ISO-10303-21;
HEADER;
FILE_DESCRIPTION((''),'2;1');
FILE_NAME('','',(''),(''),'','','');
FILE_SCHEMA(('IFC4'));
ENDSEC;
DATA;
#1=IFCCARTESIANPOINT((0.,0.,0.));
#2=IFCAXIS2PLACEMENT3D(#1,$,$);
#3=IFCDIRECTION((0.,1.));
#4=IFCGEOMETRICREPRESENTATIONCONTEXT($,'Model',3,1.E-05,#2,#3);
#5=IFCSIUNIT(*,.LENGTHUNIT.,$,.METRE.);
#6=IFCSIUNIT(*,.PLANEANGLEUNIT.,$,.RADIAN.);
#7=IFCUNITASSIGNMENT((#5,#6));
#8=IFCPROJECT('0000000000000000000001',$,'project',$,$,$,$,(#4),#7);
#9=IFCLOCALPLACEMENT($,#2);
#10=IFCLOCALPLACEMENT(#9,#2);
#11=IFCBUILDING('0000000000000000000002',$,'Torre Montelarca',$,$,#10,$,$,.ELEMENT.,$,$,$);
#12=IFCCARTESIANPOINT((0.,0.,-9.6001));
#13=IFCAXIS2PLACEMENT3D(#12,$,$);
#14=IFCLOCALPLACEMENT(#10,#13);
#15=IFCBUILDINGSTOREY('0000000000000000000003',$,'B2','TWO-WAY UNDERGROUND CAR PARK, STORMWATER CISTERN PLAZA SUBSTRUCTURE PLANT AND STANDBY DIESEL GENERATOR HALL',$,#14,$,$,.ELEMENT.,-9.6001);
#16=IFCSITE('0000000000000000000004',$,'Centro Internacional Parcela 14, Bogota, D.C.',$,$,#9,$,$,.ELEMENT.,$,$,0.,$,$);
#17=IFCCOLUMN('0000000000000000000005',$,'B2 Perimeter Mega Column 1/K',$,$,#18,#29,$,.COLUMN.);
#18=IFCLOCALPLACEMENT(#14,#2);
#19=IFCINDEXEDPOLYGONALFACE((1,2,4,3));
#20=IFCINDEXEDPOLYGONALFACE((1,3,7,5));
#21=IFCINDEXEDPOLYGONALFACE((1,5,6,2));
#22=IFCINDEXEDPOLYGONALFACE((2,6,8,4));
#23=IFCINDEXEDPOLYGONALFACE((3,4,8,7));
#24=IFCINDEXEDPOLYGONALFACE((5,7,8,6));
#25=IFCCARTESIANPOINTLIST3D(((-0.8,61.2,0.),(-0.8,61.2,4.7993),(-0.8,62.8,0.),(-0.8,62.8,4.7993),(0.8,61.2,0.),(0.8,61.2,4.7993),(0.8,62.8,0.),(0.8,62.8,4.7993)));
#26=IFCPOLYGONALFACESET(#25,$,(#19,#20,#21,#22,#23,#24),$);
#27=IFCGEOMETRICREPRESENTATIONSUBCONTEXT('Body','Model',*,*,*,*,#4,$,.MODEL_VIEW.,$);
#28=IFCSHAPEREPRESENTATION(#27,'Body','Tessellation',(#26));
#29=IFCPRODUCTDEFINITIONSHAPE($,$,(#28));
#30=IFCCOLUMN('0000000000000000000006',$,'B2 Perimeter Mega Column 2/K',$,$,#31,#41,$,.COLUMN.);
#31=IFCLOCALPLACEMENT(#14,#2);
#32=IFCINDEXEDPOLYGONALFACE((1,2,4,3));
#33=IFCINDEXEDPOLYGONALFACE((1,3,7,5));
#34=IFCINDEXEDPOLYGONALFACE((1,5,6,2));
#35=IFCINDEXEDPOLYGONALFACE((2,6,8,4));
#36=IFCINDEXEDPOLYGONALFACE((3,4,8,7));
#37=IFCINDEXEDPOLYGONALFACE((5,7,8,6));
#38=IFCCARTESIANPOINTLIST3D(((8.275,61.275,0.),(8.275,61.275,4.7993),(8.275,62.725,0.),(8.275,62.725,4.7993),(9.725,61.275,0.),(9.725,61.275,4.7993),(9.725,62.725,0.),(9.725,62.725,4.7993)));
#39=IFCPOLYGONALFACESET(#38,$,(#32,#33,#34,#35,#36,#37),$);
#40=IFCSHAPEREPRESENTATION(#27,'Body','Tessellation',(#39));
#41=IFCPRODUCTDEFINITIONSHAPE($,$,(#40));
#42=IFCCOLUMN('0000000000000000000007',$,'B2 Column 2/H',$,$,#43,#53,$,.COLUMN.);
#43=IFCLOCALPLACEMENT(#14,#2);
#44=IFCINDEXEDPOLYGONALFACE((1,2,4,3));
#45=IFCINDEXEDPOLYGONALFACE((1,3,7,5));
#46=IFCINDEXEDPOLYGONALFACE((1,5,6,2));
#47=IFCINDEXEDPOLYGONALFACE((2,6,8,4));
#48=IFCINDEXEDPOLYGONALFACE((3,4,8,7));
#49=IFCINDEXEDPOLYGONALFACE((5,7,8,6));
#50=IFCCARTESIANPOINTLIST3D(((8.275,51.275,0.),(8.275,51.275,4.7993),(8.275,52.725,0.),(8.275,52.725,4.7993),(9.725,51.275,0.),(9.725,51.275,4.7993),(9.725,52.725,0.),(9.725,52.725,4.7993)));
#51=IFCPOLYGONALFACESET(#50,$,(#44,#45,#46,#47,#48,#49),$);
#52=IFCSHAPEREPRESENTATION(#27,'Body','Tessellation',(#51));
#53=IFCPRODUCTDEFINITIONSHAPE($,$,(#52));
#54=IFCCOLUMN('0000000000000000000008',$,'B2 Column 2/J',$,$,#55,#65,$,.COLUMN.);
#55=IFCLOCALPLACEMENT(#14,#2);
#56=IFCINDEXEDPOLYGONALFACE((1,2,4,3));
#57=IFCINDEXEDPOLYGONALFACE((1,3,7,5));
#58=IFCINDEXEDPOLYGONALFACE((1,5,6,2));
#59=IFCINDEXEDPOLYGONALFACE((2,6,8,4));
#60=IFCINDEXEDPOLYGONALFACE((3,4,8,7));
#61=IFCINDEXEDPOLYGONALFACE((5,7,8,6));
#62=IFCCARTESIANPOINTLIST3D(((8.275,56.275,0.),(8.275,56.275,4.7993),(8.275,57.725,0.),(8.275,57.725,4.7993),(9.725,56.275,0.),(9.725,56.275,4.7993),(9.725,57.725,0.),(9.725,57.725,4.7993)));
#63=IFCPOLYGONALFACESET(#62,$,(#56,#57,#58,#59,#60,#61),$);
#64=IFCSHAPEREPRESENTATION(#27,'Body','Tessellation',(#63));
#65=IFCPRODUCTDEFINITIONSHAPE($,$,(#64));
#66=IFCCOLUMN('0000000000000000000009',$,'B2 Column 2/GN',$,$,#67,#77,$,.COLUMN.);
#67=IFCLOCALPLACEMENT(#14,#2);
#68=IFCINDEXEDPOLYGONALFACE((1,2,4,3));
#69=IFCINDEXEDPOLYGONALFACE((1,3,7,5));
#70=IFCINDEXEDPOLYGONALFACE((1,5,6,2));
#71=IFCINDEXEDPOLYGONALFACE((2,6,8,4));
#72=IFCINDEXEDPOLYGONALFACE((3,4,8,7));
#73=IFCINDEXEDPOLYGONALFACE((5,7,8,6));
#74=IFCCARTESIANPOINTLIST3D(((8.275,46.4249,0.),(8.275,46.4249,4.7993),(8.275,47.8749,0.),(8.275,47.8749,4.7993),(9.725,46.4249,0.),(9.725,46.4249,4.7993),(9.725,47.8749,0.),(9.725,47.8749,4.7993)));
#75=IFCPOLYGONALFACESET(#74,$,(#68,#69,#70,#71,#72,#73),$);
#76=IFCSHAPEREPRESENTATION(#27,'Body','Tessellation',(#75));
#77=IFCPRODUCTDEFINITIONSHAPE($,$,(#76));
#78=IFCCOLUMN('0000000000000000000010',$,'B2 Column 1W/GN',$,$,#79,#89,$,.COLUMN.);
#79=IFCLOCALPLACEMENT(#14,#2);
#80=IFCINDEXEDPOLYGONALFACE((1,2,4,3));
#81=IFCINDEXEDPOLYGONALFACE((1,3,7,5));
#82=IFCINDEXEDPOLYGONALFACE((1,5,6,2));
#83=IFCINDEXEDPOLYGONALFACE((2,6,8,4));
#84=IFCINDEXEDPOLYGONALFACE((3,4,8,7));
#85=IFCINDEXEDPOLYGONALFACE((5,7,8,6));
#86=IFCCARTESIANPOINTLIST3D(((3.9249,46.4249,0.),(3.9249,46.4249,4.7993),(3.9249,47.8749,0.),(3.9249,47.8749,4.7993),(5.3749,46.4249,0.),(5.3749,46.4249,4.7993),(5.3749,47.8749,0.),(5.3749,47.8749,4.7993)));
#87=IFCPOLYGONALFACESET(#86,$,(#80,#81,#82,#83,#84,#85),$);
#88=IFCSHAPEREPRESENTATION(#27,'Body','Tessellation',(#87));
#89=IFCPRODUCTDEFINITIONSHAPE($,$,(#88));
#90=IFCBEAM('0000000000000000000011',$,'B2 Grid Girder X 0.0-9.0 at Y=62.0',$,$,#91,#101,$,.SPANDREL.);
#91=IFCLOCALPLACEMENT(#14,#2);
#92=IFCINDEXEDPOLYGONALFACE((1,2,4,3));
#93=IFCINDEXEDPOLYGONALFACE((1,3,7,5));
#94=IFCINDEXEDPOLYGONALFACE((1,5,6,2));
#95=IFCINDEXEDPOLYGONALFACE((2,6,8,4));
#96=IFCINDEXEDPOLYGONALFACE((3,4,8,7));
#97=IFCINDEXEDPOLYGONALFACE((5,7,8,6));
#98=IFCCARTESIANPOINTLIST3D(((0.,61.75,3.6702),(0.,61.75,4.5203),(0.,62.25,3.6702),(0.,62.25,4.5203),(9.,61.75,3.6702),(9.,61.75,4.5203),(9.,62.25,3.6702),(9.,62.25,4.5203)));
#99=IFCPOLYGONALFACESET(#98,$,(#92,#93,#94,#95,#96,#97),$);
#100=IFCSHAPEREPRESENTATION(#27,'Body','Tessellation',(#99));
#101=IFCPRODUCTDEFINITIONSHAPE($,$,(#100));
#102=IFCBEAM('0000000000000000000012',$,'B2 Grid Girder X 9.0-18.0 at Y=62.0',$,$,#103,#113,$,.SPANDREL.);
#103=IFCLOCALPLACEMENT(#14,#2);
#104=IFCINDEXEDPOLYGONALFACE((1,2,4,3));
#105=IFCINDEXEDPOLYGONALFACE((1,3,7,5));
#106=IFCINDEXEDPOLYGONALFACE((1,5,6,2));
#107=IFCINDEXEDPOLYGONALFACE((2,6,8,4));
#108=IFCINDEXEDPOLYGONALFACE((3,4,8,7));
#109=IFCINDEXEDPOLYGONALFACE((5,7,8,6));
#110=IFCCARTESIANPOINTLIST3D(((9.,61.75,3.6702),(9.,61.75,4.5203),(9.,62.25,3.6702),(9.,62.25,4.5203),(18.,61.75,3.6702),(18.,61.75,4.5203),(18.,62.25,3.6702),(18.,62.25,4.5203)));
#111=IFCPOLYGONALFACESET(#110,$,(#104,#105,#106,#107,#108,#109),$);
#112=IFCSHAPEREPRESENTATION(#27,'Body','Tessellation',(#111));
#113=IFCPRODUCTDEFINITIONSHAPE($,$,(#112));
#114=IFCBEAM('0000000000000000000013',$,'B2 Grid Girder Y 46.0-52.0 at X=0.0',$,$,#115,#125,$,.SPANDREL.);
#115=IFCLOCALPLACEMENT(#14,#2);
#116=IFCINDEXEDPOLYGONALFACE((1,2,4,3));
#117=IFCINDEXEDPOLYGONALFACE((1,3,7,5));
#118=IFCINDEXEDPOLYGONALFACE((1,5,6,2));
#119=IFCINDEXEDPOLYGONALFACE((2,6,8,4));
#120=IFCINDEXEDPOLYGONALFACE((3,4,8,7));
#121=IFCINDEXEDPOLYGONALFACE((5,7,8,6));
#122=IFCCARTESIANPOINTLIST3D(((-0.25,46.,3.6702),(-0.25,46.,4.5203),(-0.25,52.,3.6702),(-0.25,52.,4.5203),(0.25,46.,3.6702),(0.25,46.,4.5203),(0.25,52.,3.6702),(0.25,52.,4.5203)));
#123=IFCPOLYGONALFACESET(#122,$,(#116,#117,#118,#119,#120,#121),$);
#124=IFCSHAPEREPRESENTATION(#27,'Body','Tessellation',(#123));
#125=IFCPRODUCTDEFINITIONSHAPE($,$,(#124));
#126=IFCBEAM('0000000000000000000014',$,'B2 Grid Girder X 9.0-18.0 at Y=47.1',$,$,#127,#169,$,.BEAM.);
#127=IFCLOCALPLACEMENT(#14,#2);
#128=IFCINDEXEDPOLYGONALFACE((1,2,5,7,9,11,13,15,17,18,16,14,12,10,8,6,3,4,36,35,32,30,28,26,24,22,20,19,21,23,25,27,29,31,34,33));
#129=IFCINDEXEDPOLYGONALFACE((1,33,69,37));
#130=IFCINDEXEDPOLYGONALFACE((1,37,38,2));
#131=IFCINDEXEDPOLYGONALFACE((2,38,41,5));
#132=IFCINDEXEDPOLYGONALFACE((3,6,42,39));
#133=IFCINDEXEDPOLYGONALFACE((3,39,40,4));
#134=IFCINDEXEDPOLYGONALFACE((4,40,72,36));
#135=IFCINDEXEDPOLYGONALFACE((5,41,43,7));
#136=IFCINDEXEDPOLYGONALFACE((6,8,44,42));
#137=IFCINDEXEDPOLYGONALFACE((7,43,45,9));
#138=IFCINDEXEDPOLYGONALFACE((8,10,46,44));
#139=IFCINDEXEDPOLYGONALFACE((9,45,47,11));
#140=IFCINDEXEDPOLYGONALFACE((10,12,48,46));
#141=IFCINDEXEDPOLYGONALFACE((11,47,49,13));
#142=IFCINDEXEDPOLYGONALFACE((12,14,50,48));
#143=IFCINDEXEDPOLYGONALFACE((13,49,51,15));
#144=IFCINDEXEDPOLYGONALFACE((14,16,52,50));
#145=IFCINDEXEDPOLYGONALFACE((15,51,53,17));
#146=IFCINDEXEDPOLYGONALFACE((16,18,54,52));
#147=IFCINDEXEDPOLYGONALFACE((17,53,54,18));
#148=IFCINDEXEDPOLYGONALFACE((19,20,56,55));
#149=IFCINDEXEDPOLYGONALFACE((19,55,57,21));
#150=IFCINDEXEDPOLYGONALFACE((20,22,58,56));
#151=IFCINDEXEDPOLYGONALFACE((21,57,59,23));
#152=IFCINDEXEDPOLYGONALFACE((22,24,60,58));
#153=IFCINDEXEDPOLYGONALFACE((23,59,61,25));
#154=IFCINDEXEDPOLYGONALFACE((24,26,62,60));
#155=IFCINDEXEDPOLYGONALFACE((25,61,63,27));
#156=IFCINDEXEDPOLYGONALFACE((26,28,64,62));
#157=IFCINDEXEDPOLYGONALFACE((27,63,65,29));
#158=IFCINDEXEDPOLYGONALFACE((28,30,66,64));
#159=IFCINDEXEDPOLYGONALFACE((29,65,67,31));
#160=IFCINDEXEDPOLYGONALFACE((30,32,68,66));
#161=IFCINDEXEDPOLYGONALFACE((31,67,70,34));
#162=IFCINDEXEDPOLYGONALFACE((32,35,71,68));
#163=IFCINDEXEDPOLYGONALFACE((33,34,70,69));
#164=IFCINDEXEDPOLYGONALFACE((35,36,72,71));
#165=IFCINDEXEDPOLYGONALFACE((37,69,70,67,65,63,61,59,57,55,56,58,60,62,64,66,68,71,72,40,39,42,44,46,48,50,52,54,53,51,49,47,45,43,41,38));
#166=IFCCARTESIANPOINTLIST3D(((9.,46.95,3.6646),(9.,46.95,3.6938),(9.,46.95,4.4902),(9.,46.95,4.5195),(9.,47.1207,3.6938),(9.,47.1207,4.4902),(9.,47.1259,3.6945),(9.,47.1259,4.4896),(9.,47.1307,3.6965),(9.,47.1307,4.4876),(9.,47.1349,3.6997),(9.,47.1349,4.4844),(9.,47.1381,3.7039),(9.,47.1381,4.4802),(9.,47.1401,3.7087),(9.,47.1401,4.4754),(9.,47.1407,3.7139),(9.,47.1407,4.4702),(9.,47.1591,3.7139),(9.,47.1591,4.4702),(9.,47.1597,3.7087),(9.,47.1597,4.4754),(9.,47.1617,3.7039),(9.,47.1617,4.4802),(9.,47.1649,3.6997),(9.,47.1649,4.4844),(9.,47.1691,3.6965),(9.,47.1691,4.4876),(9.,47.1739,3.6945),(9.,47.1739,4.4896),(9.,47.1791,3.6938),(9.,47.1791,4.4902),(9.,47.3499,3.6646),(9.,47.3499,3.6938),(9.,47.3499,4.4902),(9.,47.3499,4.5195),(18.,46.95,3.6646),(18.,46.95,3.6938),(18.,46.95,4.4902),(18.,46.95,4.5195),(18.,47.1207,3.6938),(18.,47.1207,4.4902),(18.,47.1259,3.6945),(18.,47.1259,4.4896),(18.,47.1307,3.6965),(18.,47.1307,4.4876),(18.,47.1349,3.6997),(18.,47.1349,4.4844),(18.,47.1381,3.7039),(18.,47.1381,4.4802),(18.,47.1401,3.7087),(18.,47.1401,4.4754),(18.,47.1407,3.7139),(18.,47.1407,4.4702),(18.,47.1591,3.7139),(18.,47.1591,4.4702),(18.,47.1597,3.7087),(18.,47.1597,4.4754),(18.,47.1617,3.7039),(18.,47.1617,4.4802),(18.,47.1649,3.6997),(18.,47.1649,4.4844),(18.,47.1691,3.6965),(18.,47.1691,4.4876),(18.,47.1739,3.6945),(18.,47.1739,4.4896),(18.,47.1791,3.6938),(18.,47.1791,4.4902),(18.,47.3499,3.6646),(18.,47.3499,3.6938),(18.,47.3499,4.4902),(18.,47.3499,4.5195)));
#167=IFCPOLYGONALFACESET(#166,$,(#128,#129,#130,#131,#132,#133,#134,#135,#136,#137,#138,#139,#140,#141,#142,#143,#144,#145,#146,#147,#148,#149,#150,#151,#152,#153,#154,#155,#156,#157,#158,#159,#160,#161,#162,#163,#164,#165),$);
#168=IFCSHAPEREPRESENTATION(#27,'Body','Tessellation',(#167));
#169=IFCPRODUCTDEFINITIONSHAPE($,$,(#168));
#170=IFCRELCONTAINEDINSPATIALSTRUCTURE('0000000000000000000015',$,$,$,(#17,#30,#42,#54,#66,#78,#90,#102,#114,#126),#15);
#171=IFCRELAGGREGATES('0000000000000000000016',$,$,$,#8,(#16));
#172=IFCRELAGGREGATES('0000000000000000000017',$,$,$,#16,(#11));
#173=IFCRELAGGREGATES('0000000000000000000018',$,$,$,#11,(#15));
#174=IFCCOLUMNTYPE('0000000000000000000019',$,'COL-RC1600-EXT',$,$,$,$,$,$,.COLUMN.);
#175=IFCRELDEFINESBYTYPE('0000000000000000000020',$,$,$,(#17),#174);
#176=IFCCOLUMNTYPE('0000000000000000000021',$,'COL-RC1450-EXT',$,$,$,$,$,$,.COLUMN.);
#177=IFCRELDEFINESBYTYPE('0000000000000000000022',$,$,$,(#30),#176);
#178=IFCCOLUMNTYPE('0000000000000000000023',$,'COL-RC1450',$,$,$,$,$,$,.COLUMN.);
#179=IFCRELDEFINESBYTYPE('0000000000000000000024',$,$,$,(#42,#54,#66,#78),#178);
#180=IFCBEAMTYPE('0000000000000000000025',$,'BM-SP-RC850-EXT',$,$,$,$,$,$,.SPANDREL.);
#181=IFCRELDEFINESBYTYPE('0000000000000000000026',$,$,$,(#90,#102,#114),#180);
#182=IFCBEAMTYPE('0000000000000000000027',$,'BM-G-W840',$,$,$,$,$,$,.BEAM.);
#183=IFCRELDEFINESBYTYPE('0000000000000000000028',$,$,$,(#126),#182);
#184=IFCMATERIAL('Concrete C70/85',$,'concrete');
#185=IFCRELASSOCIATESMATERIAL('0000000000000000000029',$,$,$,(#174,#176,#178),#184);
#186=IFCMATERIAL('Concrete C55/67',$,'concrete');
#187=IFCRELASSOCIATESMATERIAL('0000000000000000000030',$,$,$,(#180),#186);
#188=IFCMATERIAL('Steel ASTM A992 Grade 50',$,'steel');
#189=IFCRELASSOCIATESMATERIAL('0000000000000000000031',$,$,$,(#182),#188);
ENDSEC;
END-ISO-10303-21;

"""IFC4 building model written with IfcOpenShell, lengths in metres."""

from ifc_helpers import new_model, si_unit, direction, frame, origin, origin_2d, place, context, subcontext, project, spatial, rectangle, i_section, extrude, source, transform, mapped, material, material_profile, profile_set, type_object, element, save


model = new_model("IFC4")

# Units and contexts
model_context = context("Model", 3, precision=1e-05, world=origin(), true_north=direction((0.0, 1.0)))
body_context = subcontext(model_context, "Body", "Model", "MODEL_VIEW")
ifc_project = project(units=[si_unit("LENGTHUNIT", "METRE"), si_unit("PLANEANGLEUNIT", "RADIAN")], contexts=[model_context])

# Site, building, storey
site_placement = place(None, origin())
site = spatial("IfcSite", under=ifc_project, at=site_placement, Name="Centro Internacional Parcela 14, Bogota, D.C.", CompositionType="ELEMENT", RefElevation=0.0)
building_placement = place(site_placement, origin())
building = spatial("IfcBuilding", under=site, at=building_placement, Name="Torre Montelarca", CompositionType="ELEMENT")
storey_placement = place(building_placement, frame((0.0, 0.0, -9.6001)))
storey = spatial("IfcBuildingStorey", under=building, at=storey_placement, Name="B2", Description="TWO-WAY UNDERGROUND CAR PARK, STORMWATER CISTERN PLAZA SUBSTRUCTURE PLANT AND STANDBY DIESEL GENERATOR HALL", CompositionType="ELEMENT", Elevation=-9.6001)

# Columns
ifc_material_1 = material(Name="Concrete C70/85", Category="concrete")
ifc_material_profile_1 = material_profile(ifc_material_1, rectangle(XDim=1.6001, YDim=1.6001, at=origin_2d()), Name="RC1600X1600", Category="concrete")
ifc_profile_set_1 = profile_set([ifc_material_profile_1], Name="Concrete C70/85")
column_type_1 = type_object("IfcColumnType", Name="COL-RC1600-EXT", PredefinedType="COLUMN", material=ifc_profile_set_1)
shared_shape_1 = source(origin(), body_context, "Body", "SweptSolid", [
    extrude(rectangle(XDim=1.6001, YDim=1.6001, at=origin_2d()), origin(), (0.0, 0.0, 1.0), 4.7993),
])
for number, where, z_axis, x_axis, name in (
    (1, (0.0, 62.0, 0.0), (0.0, 0.0, 1.0), (1.0, 0.0, 0.0), "B2 Perimeter Mega Column 1/K"),
):
    element("IfcColumn", number, at=place(storey_placement, frame(where, z_axis=z_axis, x_axis=x_axis)), inside=storey, type_object=column_type_1, Name=name, PredefinedType="COLUMN", context=body_context, shape_type="MappedRepresentation", body=[
        mapped(shared_shape_1, transform((0.0, 0.0, 0.0), scale=1.0)),
    ])
ifc_material_profile_2 = material_profile(ifc_material_1, rectangle(XDim=1.45, YDim=1.45, at=origin_2d()), Name="RC1450X1450", Category="concrete")
ifc_profile_set_2 = profile_set([ifc_material_profile_2], Name="Concrete C70/85")
column_type_2 = type_object("IfcColumnType", Name="COL-RC1450-EXT", PredefinedType="COLUMN", material=ifc_profile_set_2)
shared_shape_2 = source(origin(), body_context, "Body", "SweptSolid", [
    extrude(rectangle(XDim=1.45, YDim=1.45, at=origin_2d()), origin(), (0.0, 0.0, 1.0), 4.7993),
])
column_placement = place(storey_placement, frame((9.0, 62.0, 0.0), z_axis=(0.0, 0.0, 1.0), x_axis=(1.0, 0.0, 0.0)))
element("IfcColumn", 2, at=column_placement, inside=storey, type_object=column_type_2, Name="B2 Perimeter Mega Column 2/K", PredefinedType="COLUMN", context=body_context, shape_type="MappedRepresentation", body=[
    mapped(shared_shape_2, transform((0.0, 0.0, 0.0), scale=1.0)),
])
ifc_material_profile_3 = material_profile(ifc_material_1, rectangle(XDim=1.45, YDim=1.45, at=origin_2d()), Name="RC1450X1450", Category="concrete")
ifc_profile_set_3 = profile_set([ifc_material_profile_3], Name="Concrete C70/85")
column_type_3 = type_object("IfcColumnType", Name="COL-RC1450", PredefinedType="COLUMN", material=ifc_profile_set_3)
shared_shape_3 = source(origin(), body_context, "Body", "SweptSolid", [
    extrude(rectangle(XDim=1.45, YDim=1.45, at=origin_2d()), origin(), (0.0, 0.0, 1.0), 4.7993),
])
for number, where, z_axis, x_axis, name in (
    (3, (9.0, 52.0, 0.0), (0.0, 0.0, 1.0), (1.0, 0.0, 0.0), "B2 Column 2/H"),
    (4, (9.0, 57.0, 0.0), (0.0, 0.0, 1.0), (1.0, 0.0, 0.0), "B2 Column 2/J"),
    (5, (9.0, 47.1499, 0.0), (0.0, 0.0, 1.0), (1.0, 0.0, 0.0), "B2 Column 2/GN"),
    (6, (4.6499, 47.1499, 0.0), (0.0, 0.0, 1.0), (1.0, 0.0, 0.0), "B2 Column 1W/GN"),
):
    element("IfcColumn", number, at=place(storey_placement, frame(where, z_axis=z_axis, x_axis=x_axis)), inside=storey, type_object=column_type_3, Name=name, PredefinedType="COLUMN", context=body_context, shape_type="MappedRepresentation", body=[
        mapped(shared_shape_3, transform((0.0, 0.0, 0.0), scale=1.0)),
    ])

# Beams
ifc_material_2 = material(Name="Concrete C55/67", Category="concrete")
ifc_material_profile_4 = material_profile(ifc_material_2, rectangle(XDim=0.5, YDim=0.8501, at=origin_2d()), Name="RCB500X850", Category="concrete")
ifc_profile_set_4 = profile_set([ifc_material_profile_4], Name="Concrete C55/67")
beam_type_1 = type_object("IfcBeamType", Name="BM-SP-RC850-EXT", PredefinedType="SPANDREL", material=ifc_profile_set_4)
shared_shape_4 = source(origin(), body_context, "Body", "SweptSolid", [
    extrude(rectangle(XDim=0.5, YDim=0.8501, at=origin_2d()), origin(), (0.0, 0.0, 1.0), 9.0),
])
for number, where, z_axis, x_axis, name in (
    (7, (0.0, 62.0, 4.0952), (1.0, 0.0, 0.0), (0.0, 1.0, 0.0), "B2 Grid Girder X 0.0-9.0 at Y=62.0"),
    (8, (9.0, 62.0, 4.0952), (1.0, 0.0, 0.0), (0.0, 1.0, 0.0), "B2 Grid Girder X 9.0-18.0 at Y=62.0"),
):
    element("IfcBeam", number, at=place(storey_placement, frame(where, z_axis=z_axis, x_axis=x_axis)), inside=storey, type_object=beam_type_1, Name=name, PredefinedType="SPANDREL", context=body_context, shape_type="MappedRepresentation", body=[
        mapped(shared_shape_4, transform((0.0, 0.0, 0.0), scale=1.0)),
    ])
shared_shape_5 = source(origin(), body_context, "Body", "SweptSolid", [
    extrude(rectangle(XDim=0.5, YDim=0.8501, at=origin_2d()), origin(), (0.0, 0.0, 1.0), 6.0),
])
beam_1_placement = place(storey_placement, frame((0.0, 46.0, 4.0952), z_axis=(0.0, 1.0, 0.0), x_axis=(-1.0, 0.0, 0.0)))
element("IfcBeam", 9, at=beam_1_placement, inside=storey, type_object=beam_type_1, Name="B2 Grid Girder Y 46.0-52.0 at X=0.0", PredefinedType="SPANDREL", context=body_context, shape_type="MappedRepresentation", body=[
    mapped(shared_shape_5, transform((0.0, 0.0, 0.0), scale=1.0)),
])
ifc_material_3 = material(Name="Steel ASTM A992 Grade 50", Category="steel")
ifc_material_profile_5 = material_profile(ifc_material_3, i_section(OverallWidth=0.3999, OverallDepth=0.855, WebThickness=0.0183, FlangeThickness=0.0293, FilletRadius=0.02, at=origin_2d()), Name="W840X299", Category="steel")
ifc_profile_set_5 = profile_set([ifc_material_profile_5], Name="Steel ASTM A992 Grade 50")
beam_type_2 = type_object("IfcBeamType", Name="BM-G-W840", PredefinedType="BEAM", material=ifc_profile_set_5)
shared_shape_6 = source(origin(), body_context, "Body", "SweptSolid", [
    extrude(i_section(OverallWidth=0.3999, OverallDepth=0.855, WebThickness=0.0183, FlangeThickness=0.0293, FilletRadius=0.02, at=origin_2d()), origin(), (0.0, 0.0, 1.0), 9.0),
])
for number, where, z_axis, x_axis, name in (
    (10, (9.0, 47.1499, 4.092), (1.0, 0.0, 0.0), (0.0, 1.0, 0.0), "B2 Grid Girder X 9.0-18.0 at Y=47.1"),
):
    element("IfcBeam", number, at=place(storey_placement, frame(where, z_axis=z_axis, x_axis=x_axis)), inside=storey, type_object=beam_type_2, Name=name, PredefinedType="BEAM", context=body_context, shape_type="MappedRepresentation", body=[
        mapped(shared_shape_6, transform((0.0, 0.0, 0.0), scale=1.0)),
    ])

save(model, "model.ifc")
